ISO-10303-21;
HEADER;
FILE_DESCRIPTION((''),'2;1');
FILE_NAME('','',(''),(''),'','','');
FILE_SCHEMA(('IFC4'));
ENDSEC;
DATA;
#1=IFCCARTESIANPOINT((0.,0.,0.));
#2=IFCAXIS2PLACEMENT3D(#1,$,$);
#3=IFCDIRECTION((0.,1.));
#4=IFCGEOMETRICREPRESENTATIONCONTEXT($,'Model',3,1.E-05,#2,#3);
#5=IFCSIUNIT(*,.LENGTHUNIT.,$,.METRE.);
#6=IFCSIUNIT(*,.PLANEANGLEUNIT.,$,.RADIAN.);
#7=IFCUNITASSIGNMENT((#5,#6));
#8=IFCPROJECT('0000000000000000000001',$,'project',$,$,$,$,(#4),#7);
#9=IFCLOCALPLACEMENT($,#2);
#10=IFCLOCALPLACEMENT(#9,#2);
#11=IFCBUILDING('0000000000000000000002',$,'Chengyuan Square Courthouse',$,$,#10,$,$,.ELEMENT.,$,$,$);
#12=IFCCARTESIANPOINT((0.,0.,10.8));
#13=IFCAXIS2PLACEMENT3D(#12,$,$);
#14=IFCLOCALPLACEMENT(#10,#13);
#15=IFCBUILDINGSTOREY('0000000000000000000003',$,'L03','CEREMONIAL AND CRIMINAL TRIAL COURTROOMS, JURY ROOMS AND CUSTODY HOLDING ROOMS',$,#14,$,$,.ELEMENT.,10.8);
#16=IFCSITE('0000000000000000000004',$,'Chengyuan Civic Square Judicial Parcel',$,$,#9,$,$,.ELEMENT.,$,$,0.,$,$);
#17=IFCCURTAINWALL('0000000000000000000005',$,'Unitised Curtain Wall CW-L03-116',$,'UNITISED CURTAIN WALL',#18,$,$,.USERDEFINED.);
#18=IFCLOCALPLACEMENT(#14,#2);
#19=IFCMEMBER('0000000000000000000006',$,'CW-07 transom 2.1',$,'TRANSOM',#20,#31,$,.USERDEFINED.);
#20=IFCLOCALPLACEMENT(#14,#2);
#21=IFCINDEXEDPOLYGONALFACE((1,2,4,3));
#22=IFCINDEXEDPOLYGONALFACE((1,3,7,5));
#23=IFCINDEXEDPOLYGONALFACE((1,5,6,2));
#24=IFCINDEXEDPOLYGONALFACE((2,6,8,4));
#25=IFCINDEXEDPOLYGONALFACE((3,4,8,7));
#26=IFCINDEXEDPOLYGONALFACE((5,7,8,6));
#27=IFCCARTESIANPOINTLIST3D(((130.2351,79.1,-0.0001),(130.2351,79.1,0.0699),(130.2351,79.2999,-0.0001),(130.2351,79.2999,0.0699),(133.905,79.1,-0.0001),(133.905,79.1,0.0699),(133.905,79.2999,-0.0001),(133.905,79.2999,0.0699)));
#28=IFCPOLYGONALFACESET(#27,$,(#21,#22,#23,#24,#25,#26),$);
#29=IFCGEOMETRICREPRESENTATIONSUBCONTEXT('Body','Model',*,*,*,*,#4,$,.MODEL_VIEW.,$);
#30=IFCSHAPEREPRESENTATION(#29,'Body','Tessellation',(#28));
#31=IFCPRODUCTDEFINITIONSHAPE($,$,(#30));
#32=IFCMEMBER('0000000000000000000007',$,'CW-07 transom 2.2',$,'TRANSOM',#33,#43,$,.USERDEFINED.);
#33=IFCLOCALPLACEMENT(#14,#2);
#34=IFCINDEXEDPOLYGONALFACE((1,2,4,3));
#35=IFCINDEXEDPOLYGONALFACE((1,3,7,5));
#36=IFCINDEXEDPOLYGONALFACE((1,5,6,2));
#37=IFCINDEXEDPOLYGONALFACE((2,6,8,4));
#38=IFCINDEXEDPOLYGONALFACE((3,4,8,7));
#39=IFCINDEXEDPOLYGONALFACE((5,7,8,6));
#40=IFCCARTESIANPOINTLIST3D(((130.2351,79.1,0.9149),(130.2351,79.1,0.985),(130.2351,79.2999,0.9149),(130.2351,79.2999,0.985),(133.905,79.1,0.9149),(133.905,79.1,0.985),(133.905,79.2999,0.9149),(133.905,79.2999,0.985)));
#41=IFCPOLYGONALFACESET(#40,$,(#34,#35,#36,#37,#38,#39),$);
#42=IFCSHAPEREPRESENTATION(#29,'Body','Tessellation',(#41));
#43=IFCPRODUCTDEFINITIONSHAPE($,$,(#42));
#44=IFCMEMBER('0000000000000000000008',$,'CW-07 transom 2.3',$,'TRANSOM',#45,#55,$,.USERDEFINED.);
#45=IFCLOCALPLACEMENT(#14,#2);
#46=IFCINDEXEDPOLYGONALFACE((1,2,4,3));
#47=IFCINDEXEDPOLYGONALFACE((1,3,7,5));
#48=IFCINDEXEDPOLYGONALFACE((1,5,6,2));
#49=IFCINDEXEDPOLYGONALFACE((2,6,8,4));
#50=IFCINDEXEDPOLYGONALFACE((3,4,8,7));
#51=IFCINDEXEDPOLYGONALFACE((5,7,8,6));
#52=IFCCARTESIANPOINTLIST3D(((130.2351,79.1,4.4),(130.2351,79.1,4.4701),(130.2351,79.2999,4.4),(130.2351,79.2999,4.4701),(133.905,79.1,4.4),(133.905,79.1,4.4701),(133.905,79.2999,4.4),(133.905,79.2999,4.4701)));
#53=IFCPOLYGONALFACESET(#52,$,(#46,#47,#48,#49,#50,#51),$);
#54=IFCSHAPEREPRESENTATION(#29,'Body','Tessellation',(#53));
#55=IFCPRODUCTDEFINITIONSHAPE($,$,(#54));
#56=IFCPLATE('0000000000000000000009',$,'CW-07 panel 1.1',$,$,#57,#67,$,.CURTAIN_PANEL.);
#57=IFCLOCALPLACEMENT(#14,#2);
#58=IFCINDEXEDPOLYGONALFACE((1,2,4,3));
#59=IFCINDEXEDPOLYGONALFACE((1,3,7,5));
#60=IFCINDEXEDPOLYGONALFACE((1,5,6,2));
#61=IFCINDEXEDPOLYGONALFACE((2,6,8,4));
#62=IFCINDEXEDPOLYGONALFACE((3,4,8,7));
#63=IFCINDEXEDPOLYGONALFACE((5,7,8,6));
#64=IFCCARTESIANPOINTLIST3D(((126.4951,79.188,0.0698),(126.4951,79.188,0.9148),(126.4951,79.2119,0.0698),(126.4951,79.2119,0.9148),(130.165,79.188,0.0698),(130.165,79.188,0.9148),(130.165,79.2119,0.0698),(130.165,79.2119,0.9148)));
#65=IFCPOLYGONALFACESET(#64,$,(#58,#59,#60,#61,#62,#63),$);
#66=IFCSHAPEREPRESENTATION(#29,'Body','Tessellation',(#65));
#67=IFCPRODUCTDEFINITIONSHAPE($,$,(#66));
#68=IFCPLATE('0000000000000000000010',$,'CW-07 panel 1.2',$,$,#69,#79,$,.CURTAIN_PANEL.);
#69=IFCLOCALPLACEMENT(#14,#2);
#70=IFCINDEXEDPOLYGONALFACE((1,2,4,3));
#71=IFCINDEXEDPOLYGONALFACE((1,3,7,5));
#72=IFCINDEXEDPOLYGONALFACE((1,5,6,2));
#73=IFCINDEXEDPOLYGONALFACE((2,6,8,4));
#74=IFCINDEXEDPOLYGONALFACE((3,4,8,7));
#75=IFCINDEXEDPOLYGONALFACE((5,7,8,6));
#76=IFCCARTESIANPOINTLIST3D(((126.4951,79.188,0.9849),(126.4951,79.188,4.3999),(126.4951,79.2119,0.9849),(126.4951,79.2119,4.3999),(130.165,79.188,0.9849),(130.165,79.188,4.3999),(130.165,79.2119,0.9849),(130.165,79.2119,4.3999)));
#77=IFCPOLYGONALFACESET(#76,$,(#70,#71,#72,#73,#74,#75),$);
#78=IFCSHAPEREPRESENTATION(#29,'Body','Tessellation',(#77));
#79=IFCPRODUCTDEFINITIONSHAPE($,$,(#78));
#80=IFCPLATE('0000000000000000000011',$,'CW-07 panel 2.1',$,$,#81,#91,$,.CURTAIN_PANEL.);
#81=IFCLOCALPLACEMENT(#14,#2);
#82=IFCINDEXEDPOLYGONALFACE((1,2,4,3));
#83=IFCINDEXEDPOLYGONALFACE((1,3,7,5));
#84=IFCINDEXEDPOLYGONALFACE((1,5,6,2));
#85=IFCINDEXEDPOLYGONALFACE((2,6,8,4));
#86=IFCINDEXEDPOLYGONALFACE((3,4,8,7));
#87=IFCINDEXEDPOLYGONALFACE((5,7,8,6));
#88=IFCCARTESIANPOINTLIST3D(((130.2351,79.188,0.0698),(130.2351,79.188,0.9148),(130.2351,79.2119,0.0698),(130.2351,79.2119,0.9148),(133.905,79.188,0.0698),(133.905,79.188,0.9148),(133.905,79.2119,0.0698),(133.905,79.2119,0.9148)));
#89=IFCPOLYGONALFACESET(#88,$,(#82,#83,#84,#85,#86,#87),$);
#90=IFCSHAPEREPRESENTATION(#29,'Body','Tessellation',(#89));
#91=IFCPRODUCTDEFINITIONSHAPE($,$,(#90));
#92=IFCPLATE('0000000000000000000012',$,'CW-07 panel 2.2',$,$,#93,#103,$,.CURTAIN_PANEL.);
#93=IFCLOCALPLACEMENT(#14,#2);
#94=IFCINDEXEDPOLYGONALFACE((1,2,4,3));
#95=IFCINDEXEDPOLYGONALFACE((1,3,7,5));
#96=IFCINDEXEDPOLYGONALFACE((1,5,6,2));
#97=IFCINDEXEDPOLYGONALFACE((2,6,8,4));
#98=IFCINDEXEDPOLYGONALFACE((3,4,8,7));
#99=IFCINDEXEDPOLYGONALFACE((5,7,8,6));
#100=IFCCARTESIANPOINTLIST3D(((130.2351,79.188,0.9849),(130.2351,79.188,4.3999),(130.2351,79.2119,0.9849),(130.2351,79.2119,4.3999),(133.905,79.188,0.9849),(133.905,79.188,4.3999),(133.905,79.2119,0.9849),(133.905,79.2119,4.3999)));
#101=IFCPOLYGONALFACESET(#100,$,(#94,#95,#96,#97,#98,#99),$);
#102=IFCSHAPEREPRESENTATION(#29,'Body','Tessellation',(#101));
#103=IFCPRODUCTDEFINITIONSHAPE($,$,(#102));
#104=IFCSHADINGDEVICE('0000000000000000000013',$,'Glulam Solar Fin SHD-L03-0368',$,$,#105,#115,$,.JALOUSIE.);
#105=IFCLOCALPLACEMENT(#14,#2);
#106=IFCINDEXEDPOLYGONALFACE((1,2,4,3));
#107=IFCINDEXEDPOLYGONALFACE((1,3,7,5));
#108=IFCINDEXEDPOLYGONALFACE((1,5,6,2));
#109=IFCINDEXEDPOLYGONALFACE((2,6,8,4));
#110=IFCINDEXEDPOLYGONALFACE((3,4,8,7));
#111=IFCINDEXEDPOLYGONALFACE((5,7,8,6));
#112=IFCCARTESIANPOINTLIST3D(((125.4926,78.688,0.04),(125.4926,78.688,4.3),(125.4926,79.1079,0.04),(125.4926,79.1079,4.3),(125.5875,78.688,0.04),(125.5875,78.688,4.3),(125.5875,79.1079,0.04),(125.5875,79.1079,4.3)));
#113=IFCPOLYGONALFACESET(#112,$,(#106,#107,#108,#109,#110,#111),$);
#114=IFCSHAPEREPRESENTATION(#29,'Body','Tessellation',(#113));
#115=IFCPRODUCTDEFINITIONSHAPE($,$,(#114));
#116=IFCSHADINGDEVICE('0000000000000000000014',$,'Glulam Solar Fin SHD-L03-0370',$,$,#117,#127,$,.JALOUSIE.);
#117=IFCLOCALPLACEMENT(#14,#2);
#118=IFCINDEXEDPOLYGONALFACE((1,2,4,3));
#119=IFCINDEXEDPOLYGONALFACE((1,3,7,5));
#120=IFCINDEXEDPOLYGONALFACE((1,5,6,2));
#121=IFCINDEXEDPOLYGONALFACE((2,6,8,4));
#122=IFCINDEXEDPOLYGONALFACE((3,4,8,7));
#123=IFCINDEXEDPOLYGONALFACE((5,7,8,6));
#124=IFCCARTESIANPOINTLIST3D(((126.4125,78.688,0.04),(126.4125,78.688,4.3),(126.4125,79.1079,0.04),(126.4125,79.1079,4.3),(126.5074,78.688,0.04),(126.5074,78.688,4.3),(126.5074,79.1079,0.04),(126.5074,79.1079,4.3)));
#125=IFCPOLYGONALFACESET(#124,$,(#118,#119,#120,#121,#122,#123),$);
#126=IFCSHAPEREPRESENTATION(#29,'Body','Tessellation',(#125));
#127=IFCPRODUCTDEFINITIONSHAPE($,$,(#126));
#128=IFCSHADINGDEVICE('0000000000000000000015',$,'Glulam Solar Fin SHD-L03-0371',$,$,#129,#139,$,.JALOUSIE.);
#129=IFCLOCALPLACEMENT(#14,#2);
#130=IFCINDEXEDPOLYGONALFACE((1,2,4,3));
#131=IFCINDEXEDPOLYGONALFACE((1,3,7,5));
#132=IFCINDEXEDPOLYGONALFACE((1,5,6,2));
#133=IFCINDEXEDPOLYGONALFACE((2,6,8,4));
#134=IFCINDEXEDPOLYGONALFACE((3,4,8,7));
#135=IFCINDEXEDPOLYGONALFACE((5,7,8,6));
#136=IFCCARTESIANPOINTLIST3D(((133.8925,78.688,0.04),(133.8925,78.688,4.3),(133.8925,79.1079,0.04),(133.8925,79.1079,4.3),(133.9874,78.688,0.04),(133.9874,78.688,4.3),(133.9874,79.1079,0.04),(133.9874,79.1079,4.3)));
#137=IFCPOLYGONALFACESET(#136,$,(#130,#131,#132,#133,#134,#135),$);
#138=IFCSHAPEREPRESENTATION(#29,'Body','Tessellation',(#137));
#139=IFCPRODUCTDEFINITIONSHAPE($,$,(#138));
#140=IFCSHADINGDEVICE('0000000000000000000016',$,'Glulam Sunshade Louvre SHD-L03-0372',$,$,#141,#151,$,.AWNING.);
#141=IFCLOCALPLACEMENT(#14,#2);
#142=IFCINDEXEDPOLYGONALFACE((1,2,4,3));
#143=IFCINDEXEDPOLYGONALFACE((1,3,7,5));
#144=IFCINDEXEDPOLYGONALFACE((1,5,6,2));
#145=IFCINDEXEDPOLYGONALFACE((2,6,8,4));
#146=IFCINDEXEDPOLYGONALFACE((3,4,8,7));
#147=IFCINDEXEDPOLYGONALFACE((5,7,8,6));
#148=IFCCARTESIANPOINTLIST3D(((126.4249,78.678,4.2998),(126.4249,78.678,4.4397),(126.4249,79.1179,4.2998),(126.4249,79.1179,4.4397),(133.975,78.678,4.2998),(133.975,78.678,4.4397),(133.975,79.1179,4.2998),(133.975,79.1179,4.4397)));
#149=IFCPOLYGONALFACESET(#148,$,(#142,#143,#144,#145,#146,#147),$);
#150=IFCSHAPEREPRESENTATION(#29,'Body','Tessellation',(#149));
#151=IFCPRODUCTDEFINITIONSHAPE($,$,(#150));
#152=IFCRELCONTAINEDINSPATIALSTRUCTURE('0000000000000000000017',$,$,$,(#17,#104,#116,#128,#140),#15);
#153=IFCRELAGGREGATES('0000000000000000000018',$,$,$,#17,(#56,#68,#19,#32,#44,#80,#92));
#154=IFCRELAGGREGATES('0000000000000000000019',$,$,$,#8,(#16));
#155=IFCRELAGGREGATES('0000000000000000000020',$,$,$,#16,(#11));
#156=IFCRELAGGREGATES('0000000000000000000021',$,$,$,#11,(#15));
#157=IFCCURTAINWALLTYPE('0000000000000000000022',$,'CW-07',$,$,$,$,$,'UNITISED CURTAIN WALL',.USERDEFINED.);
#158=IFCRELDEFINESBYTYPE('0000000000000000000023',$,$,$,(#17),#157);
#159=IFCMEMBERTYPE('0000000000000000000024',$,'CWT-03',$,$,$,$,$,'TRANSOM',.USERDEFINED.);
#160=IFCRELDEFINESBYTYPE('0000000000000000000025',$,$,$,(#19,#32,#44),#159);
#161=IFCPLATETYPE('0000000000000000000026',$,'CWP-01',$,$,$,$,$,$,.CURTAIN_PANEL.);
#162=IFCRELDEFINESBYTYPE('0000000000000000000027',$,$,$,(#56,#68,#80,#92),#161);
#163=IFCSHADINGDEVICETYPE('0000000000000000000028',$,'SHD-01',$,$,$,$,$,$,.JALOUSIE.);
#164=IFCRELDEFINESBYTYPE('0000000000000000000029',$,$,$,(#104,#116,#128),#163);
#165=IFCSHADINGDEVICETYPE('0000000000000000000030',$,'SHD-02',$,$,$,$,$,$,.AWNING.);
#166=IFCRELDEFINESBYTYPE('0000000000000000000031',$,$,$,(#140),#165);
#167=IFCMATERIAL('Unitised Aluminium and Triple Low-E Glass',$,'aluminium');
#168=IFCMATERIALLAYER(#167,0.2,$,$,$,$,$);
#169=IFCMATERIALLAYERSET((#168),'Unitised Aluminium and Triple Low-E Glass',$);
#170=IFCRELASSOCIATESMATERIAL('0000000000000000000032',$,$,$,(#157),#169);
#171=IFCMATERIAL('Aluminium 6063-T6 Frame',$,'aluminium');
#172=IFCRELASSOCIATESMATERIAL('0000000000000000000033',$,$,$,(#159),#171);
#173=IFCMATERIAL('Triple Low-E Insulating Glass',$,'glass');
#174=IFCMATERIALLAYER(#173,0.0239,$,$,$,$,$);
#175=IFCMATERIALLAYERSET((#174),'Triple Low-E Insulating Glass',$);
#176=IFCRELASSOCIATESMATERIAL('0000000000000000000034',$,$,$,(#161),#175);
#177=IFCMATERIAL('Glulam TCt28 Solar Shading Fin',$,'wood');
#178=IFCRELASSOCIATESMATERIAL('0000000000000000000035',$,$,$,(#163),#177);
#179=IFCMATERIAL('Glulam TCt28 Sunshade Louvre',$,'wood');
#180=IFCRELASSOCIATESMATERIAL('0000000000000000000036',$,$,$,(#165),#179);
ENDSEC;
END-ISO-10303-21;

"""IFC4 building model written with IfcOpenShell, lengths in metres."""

from ifc_helpers import new_model, si_unit, direction, frame, origin, origin_2d, place, context, subcontext, project, spatial, rectangle, extrude, material, layer, layer_set, material_profile, profile_set, type_object, element, aggregate, save


model = new_model("IFC4")

# Units and contexts
model_context = context("Model", 3, precision=1e-05, world=origin(), true_north=direction((0.0, 1.0)))
body_context = subcontext(model_context, "Body", "Model", "MODEL_VIEW")
ifc_project = project(units=[si_unit("LENGTHUNIT", "METRE"), si_unit("PLANEANGLEUNIT", "RADIAN")], contexts=[model_context])

# Site, building, storey
site_placement = place(None, origin())
site = spatial("IfcSite", under=ifc_project, at=site_placement, Name="Chengyuan Civic Square Judicial Parcel", CompositionType="ELEMENT", RefElevation=0.0)
building_placement = place(site_placement, origin())
building = spatial("IfcBuilding", under=site, at=building_placement, Name="Chengyuan Square Courthouse", CompositionType="ELEMENT")
storey_placement = place(building_placement, frame((0.0, 0.0, 10.8)))
storey = spatial("IfcBuildingStorey", under=building, at=storey_placement, Name="L03", Description="CEREMONIAL AND CRIMINAL TRIAL COURTROOMS, JURY ROOMS AND CUSTODY HOLDING ROOMS", CompositionType="ELEMENT", Elevation=10.8)

# Shared definitions
ifc_material_1 = material(Name="Unitised Aluminium and Triple Low-E Glass", Category="aluminium")
ifc_layer_1 = layer(ifc_material_1, 0.2)
ifc_layer_set_1 = layer_set([ifc_layer_1], Name="Unitised Aluminium and Triple Low-E Glass")
curtain_wall_type = type_object("IfcCurtainWallType", Name="CW-07", ElementType="UNITISED CURTAIN WALL", PredefinedType="USERDEFINED", material=ifc_layer_set_1)
ifc_material_2 = material(Name="Aluminium 6063-T6 Frame", Category="aluminium")

# Curtain wall, members, plates
curtain_wall_1_placement = place(storey_placement, origin())
curtain_wall_1 = element("IfcCurtainWall", 1, at=curtain_wall_1_placement, inside=storey, type_object=curtain_wall_type, Name="Unitised Curtain Wall CW-L03-116", ObjectType="UNITISED CURTAIN WALL", PredefinedType="USERDEFINED")
ifc_material_profile_1 = material_profile(ifc_material_2, rectangle(XDim=0.2, YDim=0.0701, at=origin_2d()), Name="CW-TRN-70x160")
ifc_profile_set_1 = profile_set([ifc_material_profile_1], Name="Aluminium 6063-T6 Frame")
member_type_1 = type_object("IfcMemberType", Name="CWT-03", ElementType="TRANSOM", PredefinedType="USERDEFINED", material=ifc_profile_set_1)
member_1_placement = place(storey_placement, frame((130.2351, 79.2, 0.0349), z_axis=(1.0, 0.0, 0.0), x_axis=(0.0, 1.0, 0.0)))
member_1 = element("IfcMember", 2, at=member_1_placement, type_object=member_type_1, Name="CW-07 transom 2.1", ObjectType="TRANSOM", PredefinedType="USERDEFINED", context=body_context, shape_type="SweptSolid", body=[
    extrude(rectangle(XDim=0.2, YDim=0.0701, at=origin_2d()), origin(), (0.0, 0.0, 1.0), 3.6699),
])
member_2_placement = place(storey_placement, frame((130.2351, 79.2, 0.95), z_axis=(1.0, 0.0, 0.0), x_axis=(0.0, 1.0, 0.0)))
member_2 = element("IfcMember", 3, at=member_2_placement, type_object=member_type_1, Name="CW-07 transom 2.2", ObjectType="TRANSOM", PredefinedType="USERDEFINED", context=body_context, shape_type="SweptSolid", body=[
    extrude(rectangle(XDim=0.2, YDim=0.0701, at=origin_2d()), origin(), (0.0, 0.0, 1.0), 3.6699),
])
member_3_placement = place(storey_placement, frame((130.2351, 79.2, 4.4351), z_axis=(1.0, 0.0, 0.0), x_axis=(0.0, 1.0, 0.0)))
member_3 = element("IfcMember", 4, at=member_3_placement, type_object=member_type_1, Name="CW-07 transom 2.3", ObjectType="TRANSOM", PredefinedType="USERDEFINED", context=body_context, shape_type="SweptSolid", body=[
    extrude(rectangle(XDim=0.2, YDim=0.0701, at=origin_2d()), origin(), (0.0, 0.0, 1.0), 3.6699),
])
ifc_material_3 = material(Name="Triple Low-E Insulating Glass", Category="glass")
ifc_layer_2 = layer(ifc_material_3, 0.0239)
ifc_layer_set_2 = layer_set([ifc_layer_2], Name="Triple Low-E Insulating Glass")
plate_type = type_object("IfcPlateType", Name="CWP-01", PredefinedType="CURTAIN_PANEL", material=ifc_layer_set_2)
plate_1_placement = place(storey_placement, frame((128.3301, 79.2, 0.0698), z_axis=(0.0, 0.0, 1.0), x_axis=(1.0, 0.0, 0.0)))
plate_1 = element("IfcPlate", 5, at=plate_1_placement, type_object=plate_type, Name="CW-07 panel 1.1", PredefinedType="CURTAIN_PANEL", context=body_context, shape_type="SweptSolid", body=[
    extrude(rectangle(XDim=3.6699, YDim=0.0239, at=origin_2d()), origin(), (0.0, 0.0, 1.0), 0.845),
])
plate_2_placement = place(storey_placement, frame((128.3301, 79.2, 0.9849), z_axis=(0.0, 0.0, 1.0), x_axis=(1.0, 0.0, 0.0)))
plate_2 = element("IfcPlate", 6, at=plate_2_placement, type_object=plate_type, Name="CW-07 panel 1.2", PredefinedType="CURTAIN_PANEL", context=body_context, shape_type="SweptSolid", body=[
    extrude(rectangle(XDim=3.6699, YDim=0.0239, at=origin_2d()), origin(), (0.0, 0.0, 1.0), 3.415),
])
plate_3_placement = place(storey_placement, frame((132.0701, 79.2, 0.0698), z_axis=(0.0, 0.0, 1.0), x_axis=(1.0, 0.0, 0.0)))
plate_3 = element("IfcPlate", 7, at=plate_3_placement, type_object=plate_type, Name="CW-07 panel 2.1", PredefinedType="CURTAIN_PANEL", context=body_context, shape_type="SweptSolid", body=[
    extrude(rectangle(XDim=3.6699, YDim=0.0239, at=origin_2d()), origin(), (0.0, 0.0, 1.0), 0.845),
])
plate_4_placement = place(storey_placement, frame((132.0701, 79.2, 0.9849), z_axis=(0.0, 0.0, 1.0), x_axis=(1.0, 0.0, 0.0)))
plate_4 = element("IfcPlate", 8, at=plate_4_placement, type_object=plate_type, Name="CW-07 panel 2.2", PredefinedType="CURTAIN_PANEL", context=body_context, shape_type="SweptSolid", body=[
    extrude(rectangle(XDim=3.6699, YDim=0.0239, at=origin_2d()), origin(), (0.0, 0.0, 1.0), 3.415),
])
aggregate(curtain_wall_1, [plate_1, plate_2, member_1, member_2, member_3, plate_3, plate_4])

# Shading devices
ifc_material_4 = material(Name="Glulam TCt28 Solar Shading Fin", Category="wood")
shading_device_type_1 = type_object("IfcShadingDeviceType", Name="SHD-01", PredefinedType="JALOUSIE", material=ifc_material_4)
for number, where, z_axis, x_axis, name in (
    (9, (125.54, 78.8979, 0.04), (0.0, 0.0, 1.0), (0.0, 1.0, 0.0), "Glulam Solar Fin SHD-L03-0368"),
    (10, (126.46, 78.8979, 0.04), (0.0, 0.0, 1.0), (0.0, 1.0, 0.0), "Glulam Solar Fin SHD-L03-0370"),
    (11, (133.9399, 78.8979, 0.04), (0.0, 0.0, 1.0), (0.0, 1.0, 0.0), "Glulam Solar Fin SHD-L03-0371"),
):
    element("IfcShadingDevice", number, at=place(storey_placement, frame(where, z_axis=z_axis, x_axis=x_axis)), inside=storey, type_object=shading_device_type_1, Name=name, PredefinedType="JALOUSIE", context=body_context, shape_type="SweptSolid", body=[
        extrude(rectangle(XDim=0.4199, YDim=0.095, at=origin_2d()), origin(), (0.0, 0.0, 1.0), 4.26),
    ])
ifc_material_5 = material(Name="Glulam TCt28 Sunshade Louvre", Category="wood")
shading_device_type_2 = type_object("IfcShadingDeviceType", Name="SHD-02", PredefinedType="AWNING", material=ifc_material_5)
shading_device_placement = place(storey_placement, frame((130.2, 78.8979, 4.2998), z_axis=(0.0, 0.0, 1.0), x_axis=(1.0, 0.0, 0.0)))
element("IfcShadingDevice", 12, at=shading_device_placement, inside=storey, type_object=shading_device_type_2, Name="Glulam Sunshade Louvre SHD-L03-0372", PredefinedType="AWNING", context=body_context, shape_type="SweptSolid", body=[
    extrude(rectangle(XDim=7.55, YDim=0.4399, at=origin_2d()), origin(), (0.0, 0.0, 1.0), 0.1399),
])

save(model, "model.ifc")
